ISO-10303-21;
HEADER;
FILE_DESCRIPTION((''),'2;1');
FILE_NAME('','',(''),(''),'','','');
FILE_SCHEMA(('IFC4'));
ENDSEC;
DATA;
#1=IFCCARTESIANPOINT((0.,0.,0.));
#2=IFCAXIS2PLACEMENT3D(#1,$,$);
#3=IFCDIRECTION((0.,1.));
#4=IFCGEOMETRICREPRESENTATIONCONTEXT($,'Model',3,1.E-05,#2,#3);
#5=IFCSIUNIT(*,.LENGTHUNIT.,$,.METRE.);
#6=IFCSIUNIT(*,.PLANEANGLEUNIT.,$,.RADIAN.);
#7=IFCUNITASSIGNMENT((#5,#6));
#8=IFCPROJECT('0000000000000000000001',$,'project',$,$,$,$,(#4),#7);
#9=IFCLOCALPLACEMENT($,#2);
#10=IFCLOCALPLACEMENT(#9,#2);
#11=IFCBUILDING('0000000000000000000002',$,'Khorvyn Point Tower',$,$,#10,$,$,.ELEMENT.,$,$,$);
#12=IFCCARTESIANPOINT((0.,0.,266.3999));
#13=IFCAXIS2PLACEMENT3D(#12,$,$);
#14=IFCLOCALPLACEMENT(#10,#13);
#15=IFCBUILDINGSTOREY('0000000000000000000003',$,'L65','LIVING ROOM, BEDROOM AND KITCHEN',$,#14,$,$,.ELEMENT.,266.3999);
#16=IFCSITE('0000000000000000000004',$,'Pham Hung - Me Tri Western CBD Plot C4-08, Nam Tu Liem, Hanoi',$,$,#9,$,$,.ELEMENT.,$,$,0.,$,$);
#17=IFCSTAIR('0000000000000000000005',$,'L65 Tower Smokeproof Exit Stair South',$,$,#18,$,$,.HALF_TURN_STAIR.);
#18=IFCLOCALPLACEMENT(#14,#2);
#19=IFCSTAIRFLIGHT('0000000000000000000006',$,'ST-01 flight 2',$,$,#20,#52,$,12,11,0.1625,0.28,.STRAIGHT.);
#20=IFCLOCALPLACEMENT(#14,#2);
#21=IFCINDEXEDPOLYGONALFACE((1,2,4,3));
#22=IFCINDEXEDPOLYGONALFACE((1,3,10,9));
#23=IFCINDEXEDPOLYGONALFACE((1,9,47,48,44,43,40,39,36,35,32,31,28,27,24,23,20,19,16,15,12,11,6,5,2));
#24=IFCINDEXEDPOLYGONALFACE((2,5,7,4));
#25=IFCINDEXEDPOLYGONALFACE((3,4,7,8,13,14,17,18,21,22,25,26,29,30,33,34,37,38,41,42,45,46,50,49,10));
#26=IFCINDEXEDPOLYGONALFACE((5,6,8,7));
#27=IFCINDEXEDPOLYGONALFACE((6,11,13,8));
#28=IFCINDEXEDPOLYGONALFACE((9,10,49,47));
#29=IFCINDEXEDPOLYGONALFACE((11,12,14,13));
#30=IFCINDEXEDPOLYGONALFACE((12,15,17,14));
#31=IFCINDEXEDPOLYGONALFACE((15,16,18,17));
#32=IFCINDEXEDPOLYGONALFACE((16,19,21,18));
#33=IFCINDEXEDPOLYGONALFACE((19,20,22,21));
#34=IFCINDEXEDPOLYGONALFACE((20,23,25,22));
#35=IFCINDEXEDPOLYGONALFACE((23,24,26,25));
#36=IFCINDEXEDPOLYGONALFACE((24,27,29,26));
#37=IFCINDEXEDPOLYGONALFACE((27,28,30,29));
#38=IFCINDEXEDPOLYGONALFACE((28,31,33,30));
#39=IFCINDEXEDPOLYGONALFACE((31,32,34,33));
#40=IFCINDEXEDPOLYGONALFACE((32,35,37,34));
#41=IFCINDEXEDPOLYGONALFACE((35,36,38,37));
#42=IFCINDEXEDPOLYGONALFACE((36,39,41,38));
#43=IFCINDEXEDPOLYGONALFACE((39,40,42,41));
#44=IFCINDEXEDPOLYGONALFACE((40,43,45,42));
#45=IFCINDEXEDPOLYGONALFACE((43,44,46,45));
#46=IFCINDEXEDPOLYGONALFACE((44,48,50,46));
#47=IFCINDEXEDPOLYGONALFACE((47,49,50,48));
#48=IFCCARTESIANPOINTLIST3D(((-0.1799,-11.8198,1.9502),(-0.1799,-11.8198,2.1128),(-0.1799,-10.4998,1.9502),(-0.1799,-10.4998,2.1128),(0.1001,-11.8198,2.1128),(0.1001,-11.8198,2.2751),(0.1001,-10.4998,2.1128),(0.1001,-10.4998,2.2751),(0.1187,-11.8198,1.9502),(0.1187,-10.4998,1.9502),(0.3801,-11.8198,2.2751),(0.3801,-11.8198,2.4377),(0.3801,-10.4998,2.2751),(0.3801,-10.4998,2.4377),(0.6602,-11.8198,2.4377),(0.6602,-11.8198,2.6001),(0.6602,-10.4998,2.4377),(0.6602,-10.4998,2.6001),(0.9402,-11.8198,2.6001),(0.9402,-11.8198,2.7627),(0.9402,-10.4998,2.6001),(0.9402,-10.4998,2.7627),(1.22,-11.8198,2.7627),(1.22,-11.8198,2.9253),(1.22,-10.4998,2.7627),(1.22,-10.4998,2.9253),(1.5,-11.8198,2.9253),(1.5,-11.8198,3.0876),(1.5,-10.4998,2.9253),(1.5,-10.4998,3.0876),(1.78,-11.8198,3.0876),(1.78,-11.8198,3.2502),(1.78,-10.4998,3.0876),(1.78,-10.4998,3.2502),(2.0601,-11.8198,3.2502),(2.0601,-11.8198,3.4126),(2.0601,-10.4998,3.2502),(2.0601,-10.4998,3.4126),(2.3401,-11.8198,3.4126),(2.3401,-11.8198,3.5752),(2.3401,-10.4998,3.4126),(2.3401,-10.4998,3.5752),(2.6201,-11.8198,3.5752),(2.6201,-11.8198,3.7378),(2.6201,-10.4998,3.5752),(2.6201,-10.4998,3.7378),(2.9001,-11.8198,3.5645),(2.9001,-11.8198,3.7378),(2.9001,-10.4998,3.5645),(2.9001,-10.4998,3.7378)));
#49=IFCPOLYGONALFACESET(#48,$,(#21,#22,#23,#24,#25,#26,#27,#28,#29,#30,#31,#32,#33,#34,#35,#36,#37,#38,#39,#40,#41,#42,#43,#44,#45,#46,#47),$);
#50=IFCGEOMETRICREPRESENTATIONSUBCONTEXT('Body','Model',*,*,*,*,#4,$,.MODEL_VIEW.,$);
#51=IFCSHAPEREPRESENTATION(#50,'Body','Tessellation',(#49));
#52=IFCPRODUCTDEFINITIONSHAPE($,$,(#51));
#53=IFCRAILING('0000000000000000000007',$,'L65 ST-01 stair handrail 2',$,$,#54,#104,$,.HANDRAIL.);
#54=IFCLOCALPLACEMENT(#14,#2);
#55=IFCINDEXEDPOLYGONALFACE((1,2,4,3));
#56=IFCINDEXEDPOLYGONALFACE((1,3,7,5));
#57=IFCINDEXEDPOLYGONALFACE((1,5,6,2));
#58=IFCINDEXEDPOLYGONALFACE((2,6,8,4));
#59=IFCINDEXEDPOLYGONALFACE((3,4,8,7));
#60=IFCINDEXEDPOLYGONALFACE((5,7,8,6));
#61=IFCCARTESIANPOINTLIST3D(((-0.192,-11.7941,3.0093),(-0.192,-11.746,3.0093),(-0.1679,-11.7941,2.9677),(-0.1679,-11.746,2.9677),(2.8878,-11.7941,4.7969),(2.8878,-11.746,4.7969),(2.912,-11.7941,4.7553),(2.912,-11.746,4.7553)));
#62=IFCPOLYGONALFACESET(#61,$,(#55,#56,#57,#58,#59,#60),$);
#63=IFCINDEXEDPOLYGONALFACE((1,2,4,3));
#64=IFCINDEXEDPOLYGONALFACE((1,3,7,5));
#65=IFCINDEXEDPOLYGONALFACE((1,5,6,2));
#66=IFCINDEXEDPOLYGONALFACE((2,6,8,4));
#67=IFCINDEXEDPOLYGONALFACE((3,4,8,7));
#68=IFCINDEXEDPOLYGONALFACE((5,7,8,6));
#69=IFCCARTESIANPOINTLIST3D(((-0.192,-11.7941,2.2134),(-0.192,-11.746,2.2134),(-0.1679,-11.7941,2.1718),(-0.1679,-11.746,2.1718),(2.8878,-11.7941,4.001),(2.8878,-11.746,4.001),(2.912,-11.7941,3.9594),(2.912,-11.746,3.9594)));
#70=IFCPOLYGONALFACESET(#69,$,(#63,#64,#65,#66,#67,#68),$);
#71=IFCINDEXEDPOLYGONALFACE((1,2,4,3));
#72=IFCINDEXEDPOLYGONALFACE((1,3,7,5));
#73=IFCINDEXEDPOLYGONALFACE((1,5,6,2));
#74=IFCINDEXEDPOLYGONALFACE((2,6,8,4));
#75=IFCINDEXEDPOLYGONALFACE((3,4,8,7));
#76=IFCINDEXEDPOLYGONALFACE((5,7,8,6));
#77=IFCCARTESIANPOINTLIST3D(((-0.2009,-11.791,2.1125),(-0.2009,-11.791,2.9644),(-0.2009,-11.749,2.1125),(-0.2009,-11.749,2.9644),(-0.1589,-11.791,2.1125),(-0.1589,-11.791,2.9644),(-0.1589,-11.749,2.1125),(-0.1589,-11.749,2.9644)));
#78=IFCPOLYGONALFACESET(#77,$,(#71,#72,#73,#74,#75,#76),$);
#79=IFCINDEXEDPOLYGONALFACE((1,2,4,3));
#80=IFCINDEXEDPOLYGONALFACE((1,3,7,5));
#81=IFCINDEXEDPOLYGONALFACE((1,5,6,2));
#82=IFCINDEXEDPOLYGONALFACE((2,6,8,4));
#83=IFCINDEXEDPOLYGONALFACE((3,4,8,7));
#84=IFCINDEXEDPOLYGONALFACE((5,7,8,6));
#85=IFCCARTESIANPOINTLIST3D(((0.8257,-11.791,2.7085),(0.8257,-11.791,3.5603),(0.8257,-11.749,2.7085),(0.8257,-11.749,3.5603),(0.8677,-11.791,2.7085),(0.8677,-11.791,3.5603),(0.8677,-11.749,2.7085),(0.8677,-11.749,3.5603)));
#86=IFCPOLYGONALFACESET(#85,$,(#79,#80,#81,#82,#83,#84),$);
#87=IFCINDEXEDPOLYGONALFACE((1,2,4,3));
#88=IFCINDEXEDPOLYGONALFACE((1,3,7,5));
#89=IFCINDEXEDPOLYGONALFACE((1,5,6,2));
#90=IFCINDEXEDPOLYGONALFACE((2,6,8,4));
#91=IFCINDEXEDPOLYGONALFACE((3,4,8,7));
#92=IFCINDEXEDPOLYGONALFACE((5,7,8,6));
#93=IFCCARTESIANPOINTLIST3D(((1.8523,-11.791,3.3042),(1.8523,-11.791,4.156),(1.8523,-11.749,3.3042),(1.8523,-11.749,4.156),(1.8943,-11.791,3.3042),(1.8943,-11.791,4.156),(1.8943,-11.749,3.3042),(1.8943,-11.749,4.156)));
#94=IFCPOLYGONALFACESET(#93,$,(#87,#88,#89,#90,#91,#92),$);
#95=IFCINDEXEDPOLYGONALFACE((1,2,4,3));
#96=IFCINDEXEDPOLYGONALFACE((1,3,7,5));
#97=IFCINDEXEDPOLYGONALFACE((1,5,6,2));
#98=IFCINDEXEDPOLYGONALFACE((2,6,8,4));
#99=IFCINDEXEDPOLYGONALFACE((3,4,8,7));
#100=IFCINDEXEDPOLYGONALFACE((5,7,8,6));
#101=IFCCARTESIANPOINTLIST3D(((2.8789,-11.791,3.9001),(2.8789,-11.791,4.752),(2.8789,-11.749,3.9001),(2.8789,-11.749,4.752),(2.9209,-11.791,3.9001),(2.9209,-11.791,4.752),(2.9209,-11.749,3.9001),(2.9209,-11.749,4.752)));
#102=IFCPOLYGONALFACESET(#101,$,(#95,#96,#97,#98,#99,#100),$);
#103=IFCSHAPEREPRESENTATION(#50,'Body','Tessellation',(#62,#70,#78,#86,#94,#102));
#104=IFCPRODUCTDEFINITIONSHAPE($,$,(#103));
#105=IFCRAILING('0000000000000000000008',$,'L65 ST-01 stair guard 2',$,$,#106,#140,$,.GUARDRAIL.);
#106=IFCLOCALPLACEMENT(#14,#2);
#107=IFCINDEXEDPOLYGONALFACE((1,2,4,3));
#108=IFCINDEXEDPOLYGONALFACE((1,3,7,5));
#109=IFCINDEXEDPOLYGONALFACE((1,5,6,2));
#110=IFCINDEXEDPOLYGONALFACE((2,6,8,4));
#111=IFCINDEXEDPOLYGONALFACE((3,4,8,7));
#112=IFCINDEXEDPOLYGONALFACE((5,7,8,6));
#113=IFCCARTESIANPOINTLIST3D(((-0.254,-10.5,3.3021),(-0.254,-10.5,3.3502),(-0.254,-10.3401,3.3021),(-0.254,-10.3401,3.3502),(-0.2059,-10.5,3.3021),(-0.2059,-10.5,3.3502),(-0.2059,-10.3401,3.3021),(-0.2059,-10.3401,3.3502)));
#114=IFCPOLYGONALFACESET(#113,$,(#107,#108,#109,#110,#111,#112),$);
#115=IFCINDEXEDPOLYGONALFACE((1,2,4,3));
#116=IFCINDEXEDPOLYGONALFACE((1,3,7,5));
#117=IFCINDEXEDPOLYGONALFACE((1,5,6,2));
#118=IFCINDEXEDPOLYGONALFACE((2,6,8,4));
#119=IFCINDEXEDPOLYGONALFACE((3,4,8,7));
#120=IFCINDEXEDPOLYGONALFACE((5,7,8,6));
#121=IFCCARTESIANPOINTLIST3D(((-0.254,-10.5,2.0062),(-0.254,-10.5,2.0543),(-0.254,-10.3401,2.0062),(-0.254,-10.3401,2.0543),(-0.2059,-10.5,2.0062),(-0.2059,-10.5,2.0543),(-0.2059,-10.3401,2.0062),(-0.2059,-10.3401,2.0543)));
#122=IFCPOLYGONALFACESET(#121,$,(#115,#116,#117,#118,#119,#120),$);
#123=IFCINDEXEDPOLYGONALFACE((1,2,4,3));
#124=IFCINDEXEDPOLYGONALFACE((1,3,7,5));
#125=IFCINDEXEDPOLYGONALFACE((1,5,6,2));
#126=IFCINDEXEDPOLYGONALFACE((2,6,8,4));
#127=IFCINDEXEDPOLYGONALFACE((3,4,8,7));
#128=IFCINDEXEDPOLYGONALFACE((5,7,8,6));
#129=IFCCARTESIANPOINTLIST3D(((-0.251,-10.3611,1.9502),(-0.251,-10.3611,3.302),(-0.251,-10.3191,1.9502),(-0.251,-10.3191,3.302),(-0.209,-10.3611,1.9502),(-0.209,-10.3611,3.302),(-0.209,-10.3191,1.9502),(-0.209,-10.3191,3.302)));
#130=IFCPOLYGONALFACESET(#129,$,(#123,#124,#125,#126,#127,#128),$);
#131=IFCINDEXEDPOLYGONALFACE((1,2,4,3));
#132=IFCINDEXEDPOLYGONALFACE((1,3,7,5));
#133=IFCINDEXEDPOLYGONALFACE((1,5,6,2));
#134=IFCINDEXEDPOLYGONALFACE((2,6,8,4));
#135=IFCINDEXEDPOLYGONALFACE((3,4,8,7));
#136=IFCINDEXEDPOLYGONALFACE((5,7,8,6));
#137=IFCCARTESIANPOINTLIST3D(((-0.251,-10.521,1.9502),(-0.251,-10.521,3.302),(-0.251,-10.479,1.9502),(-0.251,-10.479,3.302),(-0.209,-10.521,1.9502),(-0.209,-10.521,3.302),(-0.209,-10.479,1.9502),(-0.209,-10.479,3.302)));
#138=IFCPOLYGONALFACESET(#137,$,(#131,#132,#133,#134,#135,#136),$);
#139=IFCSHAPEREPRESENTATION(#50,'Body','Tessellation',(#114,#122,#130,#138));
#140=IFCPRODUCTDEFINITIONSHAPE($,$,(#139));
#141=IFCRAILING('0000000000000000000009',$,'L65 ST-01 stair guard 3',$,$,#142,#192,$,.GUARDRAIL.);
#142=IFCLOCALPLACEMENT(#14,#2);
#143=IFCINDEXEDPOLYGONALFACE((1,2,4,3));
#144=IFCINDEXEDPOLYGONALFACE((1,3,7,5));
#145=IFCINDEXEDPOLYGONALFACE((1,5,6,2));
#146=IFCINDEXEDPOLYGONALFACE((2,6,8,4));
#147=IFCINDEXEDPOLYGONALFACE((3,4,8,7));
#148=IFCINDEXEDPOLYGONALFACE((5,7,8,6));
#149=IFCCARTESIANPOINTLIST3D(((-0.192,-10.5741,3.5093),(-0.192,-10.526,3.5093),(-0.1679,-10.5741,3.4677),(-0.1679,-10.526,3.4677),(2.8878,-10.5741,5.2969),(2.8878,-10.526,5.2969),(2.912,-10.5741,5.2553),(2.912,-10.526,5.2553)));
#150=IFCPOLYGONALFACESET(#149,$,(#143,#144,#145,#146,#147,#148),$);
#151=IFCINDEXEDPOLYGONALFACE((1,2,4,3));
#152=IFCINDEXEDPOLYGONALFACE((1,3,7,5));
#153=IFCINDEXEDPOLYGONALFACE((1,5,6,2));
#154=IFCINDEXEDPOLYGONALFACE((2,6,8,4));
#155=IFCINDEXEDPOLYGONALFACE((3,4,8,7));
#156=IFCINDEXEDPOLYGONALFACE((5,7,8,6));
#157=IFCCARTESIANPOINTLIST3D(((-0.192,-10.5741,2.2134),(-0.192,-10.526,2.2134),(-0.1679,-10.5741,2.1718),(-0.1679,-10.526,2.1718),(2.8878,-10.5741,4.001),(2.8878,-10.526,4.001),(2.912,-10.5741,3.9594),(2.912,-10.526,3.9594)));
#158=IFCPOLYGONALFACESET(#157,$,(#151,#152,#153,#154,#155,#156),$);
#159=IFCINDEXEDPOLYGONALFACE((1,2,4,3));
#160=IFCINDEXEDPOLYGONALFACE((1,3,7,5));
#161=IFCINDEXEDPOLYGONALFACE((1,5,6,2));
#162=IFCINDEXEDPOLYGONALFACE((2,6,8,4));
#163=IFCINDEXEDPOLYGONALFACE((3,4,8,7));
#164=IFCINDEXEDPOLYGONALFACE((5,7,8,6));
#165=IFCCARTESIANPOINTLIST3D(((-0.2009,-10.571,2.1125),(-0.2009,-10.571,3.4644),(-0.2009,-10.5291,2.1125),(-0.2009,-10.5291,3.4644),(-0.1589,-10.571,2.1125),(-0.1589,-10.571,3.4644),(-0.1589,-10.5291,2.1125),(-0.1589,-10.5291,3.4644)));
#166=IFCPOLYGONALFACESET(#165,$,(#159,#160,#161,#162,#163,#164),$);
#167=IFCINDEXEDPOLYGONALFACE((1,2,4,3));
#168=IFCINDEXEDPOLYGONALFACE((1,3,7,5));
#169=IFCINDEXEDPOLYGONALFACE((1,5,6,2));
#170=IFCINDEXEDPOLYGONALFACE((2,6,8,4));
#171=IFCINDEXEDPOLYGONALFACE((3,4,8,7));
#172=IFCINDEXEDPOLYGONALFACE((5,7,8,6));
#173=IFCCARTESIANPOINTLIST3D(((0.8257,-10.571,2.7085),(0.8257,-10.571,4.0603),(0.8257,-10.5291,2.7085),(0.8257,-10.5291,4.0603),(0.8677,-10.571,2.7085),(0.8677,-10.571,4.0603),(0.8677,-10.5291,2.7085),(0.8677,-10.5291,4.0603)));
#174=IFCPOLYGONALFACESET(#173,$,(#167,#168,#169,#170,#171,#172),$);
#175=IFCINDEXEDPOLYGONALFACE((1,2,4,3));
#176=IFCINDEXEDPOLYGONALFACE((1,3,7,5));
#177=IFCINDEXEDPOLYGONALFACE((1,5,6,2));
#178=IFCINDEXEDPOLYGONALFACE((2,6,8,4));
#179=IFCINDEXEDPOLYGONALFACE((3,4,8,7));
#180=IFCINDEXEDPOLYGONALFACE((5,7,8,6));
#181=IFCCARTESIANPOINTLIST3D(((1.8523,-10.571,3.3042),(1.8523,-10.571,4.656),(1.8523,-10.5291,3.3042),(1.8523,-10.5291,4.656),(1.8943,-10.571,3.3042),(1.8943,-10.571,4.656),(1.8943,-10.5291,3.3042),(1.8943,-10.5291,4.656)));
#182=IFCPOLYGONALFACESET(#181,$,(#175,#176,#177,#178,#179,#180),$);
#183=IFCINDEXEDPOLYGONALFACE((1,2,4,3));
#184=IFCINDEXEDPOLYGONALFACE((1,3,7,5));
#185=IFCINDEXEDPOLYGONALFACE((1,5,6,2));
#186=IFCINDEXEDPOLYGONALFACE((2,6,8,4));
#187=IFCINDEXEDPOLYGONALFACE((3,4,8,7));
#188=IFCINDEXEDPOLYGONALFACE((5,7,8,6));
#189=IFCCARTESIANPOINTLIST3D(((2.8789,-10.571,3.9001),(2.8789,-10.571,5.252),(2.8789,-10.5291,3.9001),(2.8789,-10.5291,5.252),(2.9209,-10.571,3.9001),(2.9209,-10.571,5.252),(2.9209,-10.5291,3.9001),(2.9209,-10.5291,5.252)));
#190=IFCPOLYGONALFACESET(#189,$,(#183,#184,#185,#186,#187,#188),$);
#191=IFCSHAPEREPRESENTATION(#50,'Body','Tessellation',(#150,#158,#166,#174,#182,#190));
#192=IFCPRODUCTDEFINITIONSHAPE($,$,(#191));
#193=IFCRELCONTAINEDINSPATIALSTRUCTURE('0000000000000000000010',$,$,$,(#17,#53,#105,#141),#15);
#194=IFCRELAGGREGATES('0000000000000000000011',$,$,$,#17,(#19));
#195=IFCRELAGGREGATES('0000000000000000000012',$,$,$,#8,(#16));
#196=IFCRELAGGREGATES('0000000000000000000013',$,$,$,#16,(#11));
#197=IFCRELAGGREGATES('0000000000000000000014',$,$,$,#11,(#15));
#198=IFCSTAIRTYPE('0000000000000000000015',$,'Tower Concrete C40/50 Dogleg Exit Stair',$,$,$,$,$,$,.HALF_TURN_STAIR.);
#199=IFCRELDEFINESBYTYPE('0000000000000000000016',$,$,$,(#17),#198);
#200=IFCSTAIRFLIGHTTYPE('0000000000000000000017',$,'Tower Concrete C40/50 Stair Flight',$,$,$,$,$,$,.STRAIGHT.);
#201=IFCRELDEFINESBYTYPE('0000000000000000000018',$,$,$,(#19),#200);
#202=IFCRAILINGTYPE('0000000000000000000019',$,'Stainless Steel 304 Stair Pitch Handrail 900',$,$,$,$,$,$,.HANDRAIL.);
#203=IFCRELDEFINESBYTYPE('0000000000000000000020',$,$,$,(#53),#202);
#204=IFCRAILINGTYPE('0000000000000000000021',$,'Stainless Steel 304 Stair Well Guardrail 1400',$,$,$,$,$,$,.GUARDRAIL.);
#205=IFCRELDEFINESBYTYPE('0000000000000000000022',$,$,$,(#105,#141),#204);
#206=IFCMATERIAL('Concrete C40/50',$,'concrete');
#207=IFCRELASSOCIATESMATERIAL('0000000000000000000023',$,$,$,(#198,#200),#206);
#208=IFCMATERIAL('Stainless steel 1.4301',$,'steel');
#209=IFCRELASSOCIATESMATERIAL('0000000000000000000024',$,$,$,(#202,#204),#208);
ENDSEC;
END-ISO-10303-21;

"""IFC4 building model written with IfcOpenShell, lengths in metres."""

from ifc_helpers import new_model, si_unit, direction, frame, origin, origin_2d, place, context, subcontext, project, spatial, polyline, rectangle, outline, extrude, material, type_object, element, aggregate, save


model = new_model("IFC4")

# Units and contexts
model_context = context("Model", 3, precision=1e-05, world=origin(), true_north=direction((0.0, 1.0)))
body_context = subcontext(model_context, "Body", "Model", "MODEL_VIEW")
ifc_project = project(units=[si_unit("LENGTHUNIT", "METRE"), si_unit("PLANEANGLEUNIT", "RADIAN")], contexts=[model_context])

# Site, building, storey
site_placement = place(None, origin())
site = spatial("IfcSite", under=ifc_project, at=site_placement, Name="Pham Hung - Me Tri Western CBD Plot C4-08, Nam Tu Liem, Hanoi", CompositionType="ELEMENT", RefElevation=0.0)
building_placement = place(site_placement, origin())
building = spatial("IfcBuilding", under=site, at=building_placement, Name="Khorvyn Point Tower", CompositionType="ELEMENT")
storey_placement = place(building_placement, frame((0.0, 0.0, 266.3999)))
storey = spatial("IfcBuildingStorey", under=building, at=storey_placement, Name="L65", Description="LIVING ROOM, BEDROOM AND KITCHEN", CompositionType="ELEMENT", Elevation=266.3999)

# Shared definitions
ifc_material_1 = material(Name="Concrete C40/50", Category="concrete")

# Stair, stair flight
stair_type = type_object("IfcStairType", Name="Tower Concrete C40/50 Dogleg Exit Stair", PredefinedType="HALF_TURN_STAIR", material=ifc_material_1)
stair_placement = place(storey_placement, origin())
stair = element("IfcStair", 1, at=stair_placement, inside=storey, type_object=stair_type, Name="L65 Tower Smokeproof Exit Stair South", PredefinedType="HALF_TURN_STAIR")
stair_flight_type = type_object("IfcStairFlightType", Name="Tower Concrete C40/50 Stair Flight", PredefinedType="STRAIGHT", material=ifc_material_1)
stair_flight_placement = place(storey_placement, frame((-0.1799, -11.1599, 1.9502), z_axis=(0.0, 0.0, 1.0), x_axis=(1.0, 0.0, 0.0)))
stair_flight = element("IfcStairFlight", 2, at=stair_flight_placement, type_object=stair_flight_type, Name="ST-01 flight 2", NumberOfRisers=12, NumberOfTreads=11, PredefinedType="STRAIGHT", RiserHeight=0.1625, TreadLength=0.28, context=body_context, shape_type="SweptSolid", body=[
    extrude(outline(polyline([(0.0, 0.0), (0.0, 0.1626), (0.28, 0.1626), (0.28, 0.325), (0.5601, 0.325), (0.5601, 0.4875), (0.8401, 0.4875), (0.8401, 0.6499), (1.1201, 0.6499), (1.1201, 0.8125), (1.3999, 0.8125), (1.3999, 0.9751), (1.6799, 0.9751), (1.6799, 1.1375), (1.96, 1.1375), (1.96, 1.3), (2.24, 1.3), (2.24, 1.4624), (2.52, 1.4624), (2.52, 1.625), (2.8, 1.625), (2.8, 1.7876), (3.0801, 1.7876), (3.0801, 1.95), (3.0801, 1.6143), (0.2986, 0.0), (0.0, 0.0)])), frame((0.0, 0.6602, 0.0), z_axis=(0.0, -1.0, 0.0), x_axis=(1.0, 0.0, 0.0)), (0.0, 0.0, 1.0), 1.3201),
])
aggregate(stair, [stair_flight])

# Railings
ifc_material_2 = material(Name="Stainless steel 1.4301", Category="steel")
railing_type_1 = type_object("IfcRailingType", Name="Stainless Steel 304 Stair Pitch Handrail 900", PredefinedType="HANDRAIL", material=ifc_material_2)
railing_1_placement = place(storey_placement, frame((-0.1799, -11.77, 2.1125)))
element("IfcRailing", 3, at=railing_1_placement, inside=storey, type_object=railing_type_1, Name="L65 ST-01 stair handrail 2", PredefinedType="HANDRAIL", context=body_context, shape_type="SweptSolid", body=[
    extrude(rectangle(XDim=0.0481, YDim=0.0481, at=origin_2d()), frame((0.0, 0.0, 0.876), z_axis=(0.864873, 0.0, 0.50199), x_axis=(0.0, 1.0, 0.0)), (0.0, 0.0, 1.0), 3.561),
    extrude(rectangle(XDim=0.0481, YDim=0.0481, at=origin_2d()), frame((0.0, 0.0, 0.0801), z_axis=(0.864873, 0.0, 0.50199), x_axis=(0.0, 1.0, 0.0)), (0.0, 0.0, 1.0), 3.561),
    extrude(rectangle(XDim=0.042, YDim=0.042, at=origin_2d()), origin(), (0.0, 0.0, 1.0), 0.8518),
    extrude(rectangle(XDim=0.042, YDim=0.042, at=origin_2d()), frame((1.0266, 0.0, 0.5959)), (0.0, 0.0, 1.0), 0.8518),
    extrude(rectangle(XDim=0.042, YDim=0.042, at=origin_2d()), frame((2.0532, 0.0, 1.1917)), (0.0, 0.0, 1.0), 0.8518),
    extrude(rectangle(XDim=0.042, YDim=0.042, at=origin_2d()), frame((3.0798, 0.0, 1.7876)), (0.0, 0.0, 1.0), 0.8518),
])
railing_type_2 = type_object("IfcRailingType", Name="Stainless Steel 304 Stair Well Guardrail 1400", PredefinedType="GUARDRAIL", material=ifc_material_2)
railing_2_placement = place(storey_placement, frame((-0.23, -10.3401, 1.9502)))
element("IfcRailing", 4, at=railing_2_placement, inside=storey, type_object=railing_type_2, Name="L65 ST-01 stair guard 2", PredefinedType="GUARDRAIL", context=body_context, shape_type="SweptSolid", body=[
    extrude(rectangle(XDim=0.0481, YDim=0.0481, at=origin_2d()), frame((0.0, 0.0, 1.376), z_axis=(0.0, -1.0, 0.0), x_axis=(1.0, 0.0, 0.0)), (0.0, 0.0, 1.0), 0.1599),
    extrude(rectangle(XDim=0.0481, YDim=0.0481, at=origin_2d()), frame((0.0, 0.0, 0.0801), z_axis=(0.0, -1.0, 0.0), x_axis=(1.0, 0.0, 0.0)), (0.0, 0.0, 1.0), 0.1599),
    extrude(rectangle(XDim=0.042, YDim=0.042, at=origin_2d()), origin(), (0.0, 0.0, 1.0), 1.3518),
    extrude(rectangle(XDim=0.042, YDim=0.042, at=origin_2d()), frame((0.0, -0.1599, 0.0)), (0.0, 0.0, 1.0), 1.3518),
])
railing_3_placement = place(storey_placement, frame((-0.1799, -10.55, 2.1125)))
element("IfcRailing", 5, at=railing_3_placement, inside=storey, type_object=railing_type_2, Name="L65 ST-01 stair guard 3", PredefinedType="GUARDRAIL", context=body_context, shape_type="SweptSolid", body=[
    extrude(rectangle(XDim=0.0481, YDim=0.0481, at=origin_2d()), frame((0.0, 0.0, 1.376), z_axis=(0.864873, 0.0, 0.50199), x_axis=(0.0, 1.0, 0.0)), (0.0, 0.0, 1.0), 3.561),
    extrude(rectangle(XDim=0.0481, YDim=0.0481, at=origin_2d()), frame((0.0, 0.0, 0.0801), z_axis=(0.864873, 0.0, 0.50199), x_axis=(0.0, 1.0, 0.0)), (0.0, 0.0, 1.0), 3.561),
    extrude(rectangle(XDim=0.042, YDim=0.042, at=origin_2d()), origin(), (0.0, 0.0, 1.0), 1.3518),
    extrude(rectangle(XDim=0.042, YDim=0.042, at=origin_2d()), frame((1.0266, 0.0, 0.5959)), (0.0, 0.0, 1.0), 1.3518),
    extrude(rectangle(XDim=0.042, YDim=0.042, at=origin_2d()), frame((2.0532, 0.0, 1.1917)), (0.0, 0.0, 1.0), 1.3518),
    extrude(rectangle(XDim=0.042, YDim=0.042, at=origin_2d()), frame((3.0798, 0.0, 1.7876)), (0.0, 0.0, 1.0), 1.3518),
])

save(model, "model.ifc")
